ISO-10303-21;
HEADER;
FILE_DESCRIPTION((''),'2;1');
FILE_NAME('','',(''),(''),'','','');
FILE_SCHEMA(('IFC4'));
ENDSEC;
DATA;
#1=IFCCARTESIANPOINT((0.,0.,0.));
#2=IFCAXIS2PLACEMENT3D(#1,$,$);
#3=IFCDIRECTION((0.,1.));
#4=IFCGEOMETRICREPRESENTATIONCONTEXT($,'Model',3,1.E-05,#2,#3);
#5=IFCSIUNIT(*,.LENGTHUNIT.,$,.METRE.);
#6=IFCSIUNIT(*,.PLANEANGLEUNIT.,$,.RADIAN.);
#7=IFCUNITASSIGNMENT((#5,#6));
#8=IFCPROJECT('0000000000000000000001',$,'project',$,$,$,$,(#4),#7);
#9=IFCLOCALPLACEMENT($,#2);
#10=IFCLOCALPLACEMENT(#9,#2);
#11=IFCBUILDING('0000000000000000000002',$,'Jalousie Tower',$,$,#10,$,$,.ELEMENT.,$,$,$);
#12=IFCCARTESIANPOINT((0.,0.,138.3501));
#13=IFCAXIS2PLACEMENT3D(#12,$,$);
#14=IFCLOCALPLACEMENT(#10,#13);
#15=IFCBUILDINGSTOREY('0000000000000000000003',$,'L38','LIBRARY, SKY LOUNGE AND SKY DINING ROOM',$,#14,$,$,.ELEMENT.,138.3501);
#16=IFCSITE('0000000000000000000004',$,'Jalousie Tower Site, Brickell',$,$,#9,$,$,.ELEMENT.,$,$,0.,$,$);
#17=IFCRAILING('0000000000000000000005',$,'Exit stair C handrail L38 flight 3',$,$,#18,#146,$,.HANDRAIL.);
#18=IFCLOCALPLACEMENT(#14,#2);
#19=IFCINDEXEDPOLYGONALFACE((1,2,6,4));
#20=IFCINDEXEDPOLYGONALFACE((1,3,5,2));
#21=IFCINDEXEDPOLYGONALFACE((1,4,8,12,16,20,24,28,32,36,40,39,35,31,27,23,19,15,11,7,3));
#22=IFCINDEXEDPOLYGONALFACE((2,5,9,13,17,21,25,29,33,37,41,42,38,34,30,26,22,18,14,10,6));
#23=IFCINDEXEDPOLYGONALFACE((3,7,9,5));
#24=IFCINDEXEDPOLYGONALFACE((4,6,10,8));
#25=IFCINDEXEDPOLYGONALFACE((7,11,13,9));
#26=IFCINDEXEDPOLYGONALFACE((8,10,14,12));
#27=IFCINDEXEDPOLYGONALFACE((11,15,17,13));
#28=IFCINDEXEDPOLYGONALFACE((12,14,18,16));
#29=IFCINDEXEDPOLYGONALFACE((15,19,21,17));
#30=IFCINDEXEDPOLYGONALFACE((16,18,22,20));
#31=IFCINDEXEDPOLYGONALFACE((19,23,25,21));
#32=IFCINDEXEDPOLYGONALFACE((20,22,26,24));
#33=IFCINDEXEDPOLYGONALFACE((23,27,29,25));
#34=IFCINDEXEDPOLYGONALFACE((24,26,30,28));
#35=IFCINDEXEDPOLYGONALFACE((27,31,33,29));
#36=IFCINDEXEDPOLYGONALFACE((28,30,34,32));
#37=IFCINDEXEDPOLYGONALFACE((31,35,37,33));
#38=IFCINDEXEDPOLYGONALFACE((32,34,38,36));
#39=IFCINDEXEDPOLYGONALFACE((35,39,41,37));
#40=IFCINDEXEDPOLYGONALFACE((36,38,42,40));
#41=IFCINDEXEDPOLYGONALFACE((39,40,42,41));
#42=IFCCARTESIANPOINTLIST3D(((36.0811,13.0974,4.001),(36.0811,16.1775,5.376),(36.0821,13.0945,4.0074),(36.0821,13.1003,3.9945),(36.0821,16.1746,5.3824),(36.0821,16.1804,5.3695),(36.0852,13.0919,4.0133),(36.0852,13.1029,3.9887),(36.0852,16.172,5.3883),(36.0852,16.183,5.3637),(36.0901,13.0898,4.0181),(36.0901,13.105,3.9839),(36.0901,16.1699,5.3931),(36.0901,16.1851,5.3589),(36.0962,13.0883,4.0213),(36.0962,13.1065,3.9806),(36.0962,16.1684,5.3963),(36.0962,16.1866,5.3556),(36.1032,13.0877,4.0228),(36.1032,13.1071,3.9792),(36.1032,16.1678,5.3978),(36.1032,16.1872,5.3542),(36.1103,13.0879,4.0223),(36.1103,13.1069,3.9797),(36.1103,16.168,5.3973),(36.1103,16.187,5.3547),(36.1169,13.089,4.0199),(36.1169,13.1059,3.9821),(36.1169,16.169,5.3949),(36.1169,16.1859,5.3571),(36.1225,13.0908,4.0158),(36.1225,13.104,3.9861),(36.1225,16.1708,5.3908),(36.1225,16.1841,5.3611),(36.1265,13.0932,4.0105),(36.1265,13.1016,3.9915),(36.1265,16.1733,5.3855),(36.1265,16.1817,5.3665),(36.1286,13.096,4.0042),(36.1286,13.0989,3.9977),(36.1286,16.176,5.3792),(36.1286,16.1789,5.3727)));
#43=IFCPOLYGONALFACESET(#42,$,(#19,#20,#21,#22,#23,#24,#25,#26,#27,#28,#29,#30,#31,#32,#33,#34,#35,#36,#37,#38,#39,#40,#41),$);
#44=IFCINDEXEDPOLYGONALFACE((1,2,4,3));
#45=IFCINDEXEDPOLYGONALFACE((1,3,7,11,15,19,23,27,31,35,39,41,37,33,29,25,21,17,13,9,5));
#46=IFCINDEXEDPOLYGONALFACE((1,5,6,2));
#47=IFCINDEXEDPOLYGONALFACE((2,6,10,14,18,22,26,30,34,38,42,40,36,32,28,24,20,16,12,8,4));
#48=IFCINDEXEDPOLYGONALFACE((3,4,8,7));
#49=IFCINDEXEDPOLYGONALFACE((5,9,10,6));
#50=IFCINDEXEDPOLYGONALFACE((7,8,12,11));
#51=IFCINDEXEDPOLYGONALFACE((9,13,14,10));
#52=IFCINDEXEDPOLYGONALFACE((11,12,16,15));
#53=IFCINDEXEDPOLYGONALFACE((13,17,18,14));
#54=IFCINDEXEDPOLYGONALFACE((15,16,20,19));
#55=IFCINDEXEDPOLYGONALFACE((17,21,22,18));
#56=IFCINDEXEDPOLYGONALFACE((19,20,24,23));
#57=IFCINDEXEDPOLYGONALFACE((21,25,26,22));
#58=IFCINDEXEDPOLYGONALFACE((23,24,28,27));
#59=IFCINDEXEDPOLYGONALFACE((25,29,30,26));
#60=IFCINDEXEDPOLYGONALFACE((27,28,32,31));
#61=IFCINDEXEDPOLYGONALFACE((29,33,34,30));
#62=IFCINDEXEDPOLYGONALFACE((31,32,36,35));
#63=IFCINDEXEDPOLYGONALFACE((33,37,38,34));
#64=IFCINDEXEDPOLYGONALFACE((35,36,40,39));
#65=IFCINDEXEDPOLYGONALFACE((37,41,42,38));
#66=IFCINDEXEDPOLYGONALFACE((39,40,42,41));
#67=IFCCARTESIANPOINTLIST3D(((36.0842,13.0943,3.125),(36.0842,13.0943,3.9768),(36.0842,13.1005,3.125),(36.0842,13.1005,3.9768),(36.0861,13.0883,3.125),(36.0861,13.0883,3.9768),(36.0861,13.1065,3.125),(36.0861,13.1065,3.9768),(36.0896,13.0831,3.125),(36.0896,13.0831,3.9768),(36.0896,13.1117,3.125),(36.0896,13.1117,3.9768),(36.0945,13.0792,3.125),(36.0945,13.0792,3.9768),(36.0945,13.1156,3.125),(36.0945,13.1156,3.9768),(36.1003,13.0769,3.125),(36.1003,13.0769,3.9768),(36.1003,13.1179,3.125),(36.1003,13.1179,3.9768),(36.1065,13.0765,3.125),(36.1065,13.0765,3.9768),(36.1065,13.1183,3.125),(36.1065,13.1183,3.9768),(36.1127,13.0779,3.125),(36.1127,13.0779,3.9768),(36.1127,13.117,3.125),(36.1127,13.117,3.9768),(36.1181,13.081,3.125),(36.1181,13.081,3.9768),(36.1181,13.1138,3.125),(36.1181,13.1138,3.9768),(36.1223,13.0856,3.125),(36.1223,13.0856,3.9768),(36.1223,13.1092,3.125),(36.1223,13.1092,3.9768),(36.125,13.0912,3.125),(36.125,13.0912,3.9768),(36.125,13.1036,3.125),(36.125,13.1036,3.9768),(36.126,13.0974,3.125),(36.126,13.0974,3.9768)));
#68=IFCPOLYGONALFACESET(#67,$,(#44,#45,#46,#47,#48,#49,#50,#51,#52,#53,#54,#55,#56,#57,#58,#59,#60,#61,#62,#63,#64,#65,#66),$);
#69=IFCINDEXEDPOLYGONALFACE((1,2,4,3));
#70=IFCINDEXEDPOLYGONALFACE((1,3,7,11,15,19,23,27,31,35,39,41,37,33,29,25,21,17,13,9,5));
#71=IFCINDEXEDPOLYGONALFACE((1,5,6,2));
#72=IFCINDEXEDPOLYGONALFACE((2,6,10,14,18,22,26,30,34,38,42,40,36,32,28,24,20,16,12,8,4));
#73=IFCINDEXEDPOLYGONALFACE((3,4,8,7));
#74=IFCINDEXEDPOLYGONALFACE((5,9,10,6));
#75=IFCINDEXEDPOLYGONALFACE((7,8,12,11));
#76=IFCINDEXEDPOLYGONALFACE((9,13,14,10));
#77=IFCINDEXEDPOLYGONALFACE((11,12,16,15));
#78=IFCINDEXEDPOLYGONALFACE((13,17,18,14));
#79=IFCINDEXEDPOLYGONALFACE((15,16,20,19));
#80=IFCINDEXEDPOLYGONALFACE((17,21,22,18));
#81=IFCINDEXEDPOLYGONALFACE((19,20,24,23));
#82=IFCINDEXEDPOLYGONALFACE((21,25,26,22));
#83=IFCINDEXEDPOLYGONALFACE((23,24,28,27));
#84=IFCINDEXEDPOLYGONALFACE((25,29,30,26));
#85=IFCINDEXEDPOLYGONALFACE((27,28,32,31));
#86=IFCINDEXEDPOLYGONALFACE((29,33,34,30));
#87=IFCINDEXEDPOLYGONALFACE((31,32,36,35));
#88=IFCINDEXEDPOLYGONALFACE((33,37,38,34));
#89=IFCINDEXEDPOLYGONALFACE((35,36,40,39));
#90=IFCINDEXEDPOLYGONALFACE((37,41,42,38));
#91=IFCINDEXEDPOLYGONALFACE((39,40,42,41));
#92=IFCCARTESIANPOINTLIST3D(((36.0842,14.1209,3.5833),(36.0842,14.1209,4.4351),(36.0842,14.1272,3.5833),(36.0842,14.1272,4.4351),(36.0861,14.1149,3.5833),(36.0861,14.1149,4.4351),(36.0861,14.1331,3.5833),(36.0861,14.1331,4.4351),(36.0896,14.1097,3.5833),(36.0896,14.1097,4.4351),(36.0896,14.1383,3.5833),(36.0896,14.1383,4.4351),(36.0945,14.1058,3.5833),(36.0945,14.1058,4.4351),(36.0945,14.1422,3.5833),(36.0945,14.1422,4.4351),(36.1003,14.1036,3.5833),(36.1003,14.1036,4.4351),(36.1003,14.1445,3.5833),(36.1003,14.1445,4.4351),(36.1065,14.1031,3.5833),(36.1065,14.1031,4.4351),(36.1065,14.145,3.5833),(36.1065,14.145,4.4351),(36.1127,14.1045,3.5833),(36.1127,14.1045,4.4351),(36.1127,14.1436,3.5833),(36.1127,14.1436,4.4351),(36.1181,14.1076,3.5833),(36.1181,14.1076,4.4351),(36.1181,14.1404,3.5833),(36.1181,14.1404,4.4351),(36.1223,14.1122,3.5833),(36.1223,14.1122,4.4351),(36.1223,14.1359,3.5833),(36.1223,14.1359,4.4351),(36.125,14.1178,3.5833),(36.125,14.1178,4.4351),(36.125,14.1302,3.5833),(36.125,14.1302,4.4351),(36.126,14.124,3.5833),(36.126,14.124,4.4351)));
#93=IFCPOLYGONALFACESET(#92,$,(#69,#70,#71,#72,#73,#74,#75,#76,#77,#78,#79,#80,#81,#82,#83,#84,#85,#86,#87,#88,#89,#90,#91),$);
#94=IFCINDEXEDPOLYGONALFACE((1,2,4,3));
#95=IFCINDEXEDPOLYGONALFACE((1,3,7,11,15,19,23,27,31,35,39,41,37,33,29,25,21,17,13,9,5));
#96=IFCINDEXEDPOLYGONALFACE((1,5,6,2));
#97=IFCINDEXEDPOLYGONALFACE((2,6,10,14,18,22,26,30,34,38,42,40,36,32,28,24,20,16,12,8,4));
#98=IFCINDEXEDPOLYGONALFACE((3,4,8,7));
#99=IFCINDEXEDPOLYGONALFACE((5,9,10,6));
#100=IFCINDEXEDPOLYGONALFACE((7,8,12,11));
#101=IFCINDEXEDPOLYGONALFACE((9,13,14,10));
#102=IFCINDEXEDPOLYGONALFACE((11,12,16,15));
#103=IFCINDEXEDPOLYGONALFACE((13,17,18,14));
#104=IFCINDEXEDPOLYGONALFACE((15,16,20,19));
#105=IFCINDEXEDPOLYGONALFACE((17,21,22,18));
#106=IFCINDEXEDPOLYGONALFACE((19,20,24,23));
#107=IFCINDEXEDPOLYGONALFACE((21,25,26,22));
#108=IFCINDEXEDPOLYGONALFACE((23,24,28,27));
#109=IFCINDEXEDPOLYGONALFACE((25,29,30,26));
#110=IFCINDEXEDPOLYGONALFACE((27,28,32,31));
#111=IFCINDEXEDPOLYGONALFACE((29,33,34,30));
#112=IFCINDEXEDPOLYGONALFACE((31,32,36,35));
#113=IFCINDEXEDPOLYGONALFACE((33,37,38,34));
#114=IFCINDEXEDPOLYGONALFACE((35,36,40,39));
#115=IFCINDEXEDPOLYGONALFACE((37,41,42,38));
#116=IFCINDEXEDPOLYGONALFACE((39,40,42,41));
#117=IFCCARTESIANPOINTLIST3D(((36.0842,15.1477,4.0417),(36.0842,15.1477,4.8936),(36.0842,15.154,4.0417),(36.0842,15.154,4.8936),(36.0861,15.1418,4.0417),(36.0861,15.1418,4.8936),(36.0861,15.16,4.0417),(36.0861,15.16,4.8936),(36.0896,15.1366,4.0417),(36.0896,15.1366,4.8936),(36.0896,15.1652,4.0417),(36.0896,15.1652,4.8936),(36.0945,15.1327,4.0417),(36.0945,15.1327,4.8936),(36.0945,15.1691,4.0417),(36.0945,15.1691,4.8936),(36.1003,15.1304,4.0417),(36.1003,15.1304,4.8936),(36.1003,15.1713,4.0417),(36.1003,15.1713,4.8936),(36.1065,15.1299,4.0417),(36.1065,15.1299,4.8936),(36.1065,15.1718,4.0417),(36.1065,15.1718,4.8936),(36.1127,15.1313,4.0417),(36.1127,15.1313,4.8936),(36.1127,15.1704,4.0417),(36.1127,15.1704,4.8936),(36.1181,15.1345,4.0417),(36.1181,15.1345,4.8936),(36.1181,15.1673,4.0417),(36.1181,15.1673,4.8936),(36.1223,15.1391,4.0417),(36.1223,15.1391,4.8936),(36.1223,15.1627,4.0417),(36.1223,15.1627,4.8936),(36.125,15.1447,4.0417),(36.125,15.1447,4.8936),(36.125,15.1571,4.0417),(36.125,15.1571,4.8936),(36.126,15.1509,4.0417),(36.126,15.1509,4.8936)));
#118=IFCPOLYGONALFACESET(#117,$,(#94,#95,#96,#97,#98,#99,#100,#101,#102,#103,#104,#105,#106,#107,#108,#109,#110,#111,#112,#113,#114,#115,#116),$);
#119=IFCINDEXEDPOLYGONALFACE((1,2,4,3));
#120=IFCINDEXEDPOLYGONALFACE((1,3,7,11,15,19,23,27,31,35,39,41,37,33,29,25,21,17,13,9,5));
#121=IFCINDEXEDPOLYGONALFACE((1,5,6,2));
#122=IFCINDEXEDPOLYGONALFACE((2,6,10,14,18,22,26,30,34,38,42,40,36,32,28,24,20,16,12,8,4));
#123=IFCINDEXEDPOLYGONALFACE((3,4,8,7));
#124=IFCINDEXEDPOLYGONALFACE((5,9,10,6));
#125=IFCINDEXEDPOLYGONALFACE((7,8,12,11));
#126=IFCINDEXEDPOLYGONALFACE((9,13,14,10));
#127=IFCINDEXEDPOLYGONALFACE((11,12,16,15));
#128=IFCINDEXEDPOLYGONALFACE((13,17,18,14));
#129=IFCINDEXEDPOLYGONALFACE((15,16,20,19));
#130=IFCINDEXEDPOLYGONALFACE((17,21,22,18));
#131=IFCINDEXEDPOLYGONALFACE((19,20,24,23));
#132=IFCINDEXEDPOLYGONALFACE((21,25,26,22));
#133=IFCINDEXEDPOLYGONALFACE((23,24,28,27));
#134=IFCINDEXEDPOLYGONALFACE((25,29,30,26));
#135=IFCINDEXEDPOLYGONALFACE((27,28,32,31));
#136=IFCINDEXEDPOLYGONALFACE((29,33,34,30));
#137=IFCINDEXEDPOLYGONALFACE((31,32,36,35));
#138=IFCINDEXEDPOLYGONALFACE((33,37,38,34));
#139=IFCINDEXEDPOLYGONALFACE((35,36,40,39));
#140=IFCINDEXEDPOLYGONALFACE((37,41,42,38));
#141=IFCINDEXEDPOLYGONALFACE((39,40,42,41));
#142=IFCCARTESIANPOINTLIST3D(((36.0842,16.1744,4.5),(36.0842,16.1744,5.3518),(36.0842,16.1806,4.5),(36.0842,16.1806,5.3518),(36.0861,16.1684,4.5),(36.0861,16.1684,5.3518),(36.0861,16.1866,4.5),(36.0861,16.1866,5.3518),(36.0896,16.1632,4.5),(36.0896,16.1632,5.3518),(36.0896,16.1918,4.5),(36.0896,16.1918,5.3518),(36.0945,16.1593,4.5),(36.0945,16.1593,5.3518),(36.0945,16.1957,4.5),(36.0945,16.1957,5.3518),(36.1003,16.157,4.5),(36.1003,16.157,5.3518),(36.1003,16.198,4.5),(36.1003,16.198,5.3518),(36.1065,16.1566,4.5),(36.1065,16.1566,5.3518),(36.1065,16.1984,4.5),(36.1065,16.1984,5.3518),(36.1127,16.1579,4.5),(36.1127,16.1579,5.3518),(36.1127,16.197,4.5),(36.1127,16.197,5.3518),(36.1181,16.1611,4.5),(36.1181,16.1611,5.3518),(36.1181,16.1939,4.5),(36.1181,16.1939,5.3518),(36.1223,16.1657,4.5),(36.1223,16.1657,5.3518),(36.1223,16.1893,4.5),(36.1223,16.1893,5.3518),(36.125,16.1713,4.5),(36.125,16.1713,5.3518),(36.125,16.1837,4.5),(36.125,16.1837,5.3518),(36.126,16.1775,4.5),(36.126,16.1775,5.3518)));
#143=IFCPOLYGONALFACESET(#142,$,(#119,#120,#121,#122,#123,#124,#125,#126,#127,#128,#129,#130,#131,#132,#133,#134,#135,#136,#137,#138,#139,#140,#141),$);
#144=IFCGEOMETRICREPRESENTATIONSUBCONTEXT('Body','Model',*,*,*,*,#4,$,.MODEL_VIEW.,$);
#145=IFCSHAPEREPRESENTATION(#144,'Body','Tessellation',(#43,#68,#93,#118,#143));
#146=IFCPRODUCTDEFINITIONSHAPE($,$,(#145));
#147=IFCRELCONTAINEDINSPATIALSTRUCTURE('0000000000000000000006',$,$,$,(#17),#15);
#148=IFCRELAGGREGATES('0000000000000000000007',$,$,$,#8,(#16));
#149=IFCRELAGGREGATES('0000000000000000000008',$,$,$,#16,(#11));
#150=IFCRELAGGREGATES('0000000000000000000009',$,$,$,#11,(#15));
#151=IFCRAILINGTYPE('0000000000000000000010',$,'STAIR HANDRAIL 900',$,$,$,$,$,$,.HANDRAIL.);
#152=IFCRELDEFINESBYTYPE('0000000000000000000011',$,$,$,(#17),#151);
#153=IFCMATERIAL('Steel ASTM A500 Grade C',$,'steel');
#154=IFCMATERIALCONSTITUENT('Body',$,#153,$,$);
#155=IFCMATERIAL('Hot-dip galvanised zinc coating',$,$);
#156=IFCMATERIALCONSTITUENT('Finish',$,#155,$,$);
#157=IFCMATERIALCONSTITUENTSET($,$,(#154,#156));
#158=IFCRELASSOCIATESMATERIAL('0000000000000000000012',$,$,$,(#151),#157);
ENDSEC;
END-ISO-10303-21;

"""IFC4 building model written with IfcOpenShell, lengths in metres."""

from ifc_helpers import new_model, si_unit, direction, frame, origin, origin_2d, place, context, subcontext, project, spatial, circle, extrude, material, constituent, constituent_set, type_object, element, save


model = new_model("IFC4")

# Units and contexts
model_context = context("Model", 3, precision=1e-05, world=origin(), true_north=direction((0.0, 1.0)))
body_context = subcontext(model_context, "Body", "Model", "MODEL_VIEW")
ifc_project = project(units=[si_unit("LENGTHUNIT", "METRE"), si_unit("PLANEANGLEUNIT", "RADIAN")], contexts=[model_context])

# Site, building, storey
site_placement = place(None, origin())
site = spatial("IfcSite", under=ifc_project, at=site_placement, Name="Jalousie Tower Site, Brickell", CompositionType="ELEMENT", RefElevation=0.0)
building_placement = place(site_placement, origin())
building = spatial("IfcBuilding", under=site, at=building_placement, Name="Jalousie Tower", CompositionType="ELEMENT")
storey_placement = place(building_placement, frame((0.0, 0.0, 138.3501)))
storey = spatial("IfcBuildingStorey", under=building, at=storey_placement, Name="L38", Description="LIBRARY, SKY LOUNGE AND SKY DINING ROOM", CompositionType="ELEMENT", Elevation=138.3501)

# Railing
ifc_material_1 = material(Name="Steel ASTM A500 Grade C", Category="steel")
ifc_constituent_1 = constituent(ifc_material_1, Name="Body")
ifc_material_2 = material(Name="Hot-dip galvanised zinc coating")
ifc_constituent_2 = constituent(ifc_material_2, Name="Finish")
ifc_constituent_set = constituent_set(constituents=[ifc_constituent_1, ifc_constituent_2])
railing_type = type_object("IfcRailingType", Name="STAIR HANDRAIL 900", PredefinedType="HANDRAIL", material=ifc_constituent_set)
for number, where, name in (
    (1, (36.105, 13.0974, 3.125), "Exit stair C handrail L38 flight 3"),
):
    element("IfcRailing", number, at=place(storey_placement, frame(where)), inside=storey, type_object=railing_type, Name=name, PredefinedType="HANDRAIL", context=body_context, shape_type="SweptSolid", body=[
        extrude(circle(Radius=0.0239, at=origin_2d()), frame((0.0, 0.0, 0.876), z_axis=(0.0, 0.913142, 0.407642), x_axis=(-1.0, 0.0, 0.0)), (0.0, 0.0, 1.0), 3.373),
        extrude(circle(Radius=0.021, at=origin_2d()), origin(), (0.0, 0.0, 1.0), 0.8518),
        extrude(circle(Radius=0.021, at=origin_2d()), frame((0.0, 1.0266, 0.4583)), (0.0, 0.0, 1.0), 0.8518),
        extrude(circle(Radius=0.021, at=origin_2d()), frame((0.0, 2.0535, 0.9167)), (0.0, 0.0, 1.0), 0.8518),
        extrude(circle(Radius=0.021, at=origin_2d()), frame((0.0, 3.0801, 1.375)), (0.0, 0.0, 1.0), 0.8518),
    ])

save(model, "model.ifc")
